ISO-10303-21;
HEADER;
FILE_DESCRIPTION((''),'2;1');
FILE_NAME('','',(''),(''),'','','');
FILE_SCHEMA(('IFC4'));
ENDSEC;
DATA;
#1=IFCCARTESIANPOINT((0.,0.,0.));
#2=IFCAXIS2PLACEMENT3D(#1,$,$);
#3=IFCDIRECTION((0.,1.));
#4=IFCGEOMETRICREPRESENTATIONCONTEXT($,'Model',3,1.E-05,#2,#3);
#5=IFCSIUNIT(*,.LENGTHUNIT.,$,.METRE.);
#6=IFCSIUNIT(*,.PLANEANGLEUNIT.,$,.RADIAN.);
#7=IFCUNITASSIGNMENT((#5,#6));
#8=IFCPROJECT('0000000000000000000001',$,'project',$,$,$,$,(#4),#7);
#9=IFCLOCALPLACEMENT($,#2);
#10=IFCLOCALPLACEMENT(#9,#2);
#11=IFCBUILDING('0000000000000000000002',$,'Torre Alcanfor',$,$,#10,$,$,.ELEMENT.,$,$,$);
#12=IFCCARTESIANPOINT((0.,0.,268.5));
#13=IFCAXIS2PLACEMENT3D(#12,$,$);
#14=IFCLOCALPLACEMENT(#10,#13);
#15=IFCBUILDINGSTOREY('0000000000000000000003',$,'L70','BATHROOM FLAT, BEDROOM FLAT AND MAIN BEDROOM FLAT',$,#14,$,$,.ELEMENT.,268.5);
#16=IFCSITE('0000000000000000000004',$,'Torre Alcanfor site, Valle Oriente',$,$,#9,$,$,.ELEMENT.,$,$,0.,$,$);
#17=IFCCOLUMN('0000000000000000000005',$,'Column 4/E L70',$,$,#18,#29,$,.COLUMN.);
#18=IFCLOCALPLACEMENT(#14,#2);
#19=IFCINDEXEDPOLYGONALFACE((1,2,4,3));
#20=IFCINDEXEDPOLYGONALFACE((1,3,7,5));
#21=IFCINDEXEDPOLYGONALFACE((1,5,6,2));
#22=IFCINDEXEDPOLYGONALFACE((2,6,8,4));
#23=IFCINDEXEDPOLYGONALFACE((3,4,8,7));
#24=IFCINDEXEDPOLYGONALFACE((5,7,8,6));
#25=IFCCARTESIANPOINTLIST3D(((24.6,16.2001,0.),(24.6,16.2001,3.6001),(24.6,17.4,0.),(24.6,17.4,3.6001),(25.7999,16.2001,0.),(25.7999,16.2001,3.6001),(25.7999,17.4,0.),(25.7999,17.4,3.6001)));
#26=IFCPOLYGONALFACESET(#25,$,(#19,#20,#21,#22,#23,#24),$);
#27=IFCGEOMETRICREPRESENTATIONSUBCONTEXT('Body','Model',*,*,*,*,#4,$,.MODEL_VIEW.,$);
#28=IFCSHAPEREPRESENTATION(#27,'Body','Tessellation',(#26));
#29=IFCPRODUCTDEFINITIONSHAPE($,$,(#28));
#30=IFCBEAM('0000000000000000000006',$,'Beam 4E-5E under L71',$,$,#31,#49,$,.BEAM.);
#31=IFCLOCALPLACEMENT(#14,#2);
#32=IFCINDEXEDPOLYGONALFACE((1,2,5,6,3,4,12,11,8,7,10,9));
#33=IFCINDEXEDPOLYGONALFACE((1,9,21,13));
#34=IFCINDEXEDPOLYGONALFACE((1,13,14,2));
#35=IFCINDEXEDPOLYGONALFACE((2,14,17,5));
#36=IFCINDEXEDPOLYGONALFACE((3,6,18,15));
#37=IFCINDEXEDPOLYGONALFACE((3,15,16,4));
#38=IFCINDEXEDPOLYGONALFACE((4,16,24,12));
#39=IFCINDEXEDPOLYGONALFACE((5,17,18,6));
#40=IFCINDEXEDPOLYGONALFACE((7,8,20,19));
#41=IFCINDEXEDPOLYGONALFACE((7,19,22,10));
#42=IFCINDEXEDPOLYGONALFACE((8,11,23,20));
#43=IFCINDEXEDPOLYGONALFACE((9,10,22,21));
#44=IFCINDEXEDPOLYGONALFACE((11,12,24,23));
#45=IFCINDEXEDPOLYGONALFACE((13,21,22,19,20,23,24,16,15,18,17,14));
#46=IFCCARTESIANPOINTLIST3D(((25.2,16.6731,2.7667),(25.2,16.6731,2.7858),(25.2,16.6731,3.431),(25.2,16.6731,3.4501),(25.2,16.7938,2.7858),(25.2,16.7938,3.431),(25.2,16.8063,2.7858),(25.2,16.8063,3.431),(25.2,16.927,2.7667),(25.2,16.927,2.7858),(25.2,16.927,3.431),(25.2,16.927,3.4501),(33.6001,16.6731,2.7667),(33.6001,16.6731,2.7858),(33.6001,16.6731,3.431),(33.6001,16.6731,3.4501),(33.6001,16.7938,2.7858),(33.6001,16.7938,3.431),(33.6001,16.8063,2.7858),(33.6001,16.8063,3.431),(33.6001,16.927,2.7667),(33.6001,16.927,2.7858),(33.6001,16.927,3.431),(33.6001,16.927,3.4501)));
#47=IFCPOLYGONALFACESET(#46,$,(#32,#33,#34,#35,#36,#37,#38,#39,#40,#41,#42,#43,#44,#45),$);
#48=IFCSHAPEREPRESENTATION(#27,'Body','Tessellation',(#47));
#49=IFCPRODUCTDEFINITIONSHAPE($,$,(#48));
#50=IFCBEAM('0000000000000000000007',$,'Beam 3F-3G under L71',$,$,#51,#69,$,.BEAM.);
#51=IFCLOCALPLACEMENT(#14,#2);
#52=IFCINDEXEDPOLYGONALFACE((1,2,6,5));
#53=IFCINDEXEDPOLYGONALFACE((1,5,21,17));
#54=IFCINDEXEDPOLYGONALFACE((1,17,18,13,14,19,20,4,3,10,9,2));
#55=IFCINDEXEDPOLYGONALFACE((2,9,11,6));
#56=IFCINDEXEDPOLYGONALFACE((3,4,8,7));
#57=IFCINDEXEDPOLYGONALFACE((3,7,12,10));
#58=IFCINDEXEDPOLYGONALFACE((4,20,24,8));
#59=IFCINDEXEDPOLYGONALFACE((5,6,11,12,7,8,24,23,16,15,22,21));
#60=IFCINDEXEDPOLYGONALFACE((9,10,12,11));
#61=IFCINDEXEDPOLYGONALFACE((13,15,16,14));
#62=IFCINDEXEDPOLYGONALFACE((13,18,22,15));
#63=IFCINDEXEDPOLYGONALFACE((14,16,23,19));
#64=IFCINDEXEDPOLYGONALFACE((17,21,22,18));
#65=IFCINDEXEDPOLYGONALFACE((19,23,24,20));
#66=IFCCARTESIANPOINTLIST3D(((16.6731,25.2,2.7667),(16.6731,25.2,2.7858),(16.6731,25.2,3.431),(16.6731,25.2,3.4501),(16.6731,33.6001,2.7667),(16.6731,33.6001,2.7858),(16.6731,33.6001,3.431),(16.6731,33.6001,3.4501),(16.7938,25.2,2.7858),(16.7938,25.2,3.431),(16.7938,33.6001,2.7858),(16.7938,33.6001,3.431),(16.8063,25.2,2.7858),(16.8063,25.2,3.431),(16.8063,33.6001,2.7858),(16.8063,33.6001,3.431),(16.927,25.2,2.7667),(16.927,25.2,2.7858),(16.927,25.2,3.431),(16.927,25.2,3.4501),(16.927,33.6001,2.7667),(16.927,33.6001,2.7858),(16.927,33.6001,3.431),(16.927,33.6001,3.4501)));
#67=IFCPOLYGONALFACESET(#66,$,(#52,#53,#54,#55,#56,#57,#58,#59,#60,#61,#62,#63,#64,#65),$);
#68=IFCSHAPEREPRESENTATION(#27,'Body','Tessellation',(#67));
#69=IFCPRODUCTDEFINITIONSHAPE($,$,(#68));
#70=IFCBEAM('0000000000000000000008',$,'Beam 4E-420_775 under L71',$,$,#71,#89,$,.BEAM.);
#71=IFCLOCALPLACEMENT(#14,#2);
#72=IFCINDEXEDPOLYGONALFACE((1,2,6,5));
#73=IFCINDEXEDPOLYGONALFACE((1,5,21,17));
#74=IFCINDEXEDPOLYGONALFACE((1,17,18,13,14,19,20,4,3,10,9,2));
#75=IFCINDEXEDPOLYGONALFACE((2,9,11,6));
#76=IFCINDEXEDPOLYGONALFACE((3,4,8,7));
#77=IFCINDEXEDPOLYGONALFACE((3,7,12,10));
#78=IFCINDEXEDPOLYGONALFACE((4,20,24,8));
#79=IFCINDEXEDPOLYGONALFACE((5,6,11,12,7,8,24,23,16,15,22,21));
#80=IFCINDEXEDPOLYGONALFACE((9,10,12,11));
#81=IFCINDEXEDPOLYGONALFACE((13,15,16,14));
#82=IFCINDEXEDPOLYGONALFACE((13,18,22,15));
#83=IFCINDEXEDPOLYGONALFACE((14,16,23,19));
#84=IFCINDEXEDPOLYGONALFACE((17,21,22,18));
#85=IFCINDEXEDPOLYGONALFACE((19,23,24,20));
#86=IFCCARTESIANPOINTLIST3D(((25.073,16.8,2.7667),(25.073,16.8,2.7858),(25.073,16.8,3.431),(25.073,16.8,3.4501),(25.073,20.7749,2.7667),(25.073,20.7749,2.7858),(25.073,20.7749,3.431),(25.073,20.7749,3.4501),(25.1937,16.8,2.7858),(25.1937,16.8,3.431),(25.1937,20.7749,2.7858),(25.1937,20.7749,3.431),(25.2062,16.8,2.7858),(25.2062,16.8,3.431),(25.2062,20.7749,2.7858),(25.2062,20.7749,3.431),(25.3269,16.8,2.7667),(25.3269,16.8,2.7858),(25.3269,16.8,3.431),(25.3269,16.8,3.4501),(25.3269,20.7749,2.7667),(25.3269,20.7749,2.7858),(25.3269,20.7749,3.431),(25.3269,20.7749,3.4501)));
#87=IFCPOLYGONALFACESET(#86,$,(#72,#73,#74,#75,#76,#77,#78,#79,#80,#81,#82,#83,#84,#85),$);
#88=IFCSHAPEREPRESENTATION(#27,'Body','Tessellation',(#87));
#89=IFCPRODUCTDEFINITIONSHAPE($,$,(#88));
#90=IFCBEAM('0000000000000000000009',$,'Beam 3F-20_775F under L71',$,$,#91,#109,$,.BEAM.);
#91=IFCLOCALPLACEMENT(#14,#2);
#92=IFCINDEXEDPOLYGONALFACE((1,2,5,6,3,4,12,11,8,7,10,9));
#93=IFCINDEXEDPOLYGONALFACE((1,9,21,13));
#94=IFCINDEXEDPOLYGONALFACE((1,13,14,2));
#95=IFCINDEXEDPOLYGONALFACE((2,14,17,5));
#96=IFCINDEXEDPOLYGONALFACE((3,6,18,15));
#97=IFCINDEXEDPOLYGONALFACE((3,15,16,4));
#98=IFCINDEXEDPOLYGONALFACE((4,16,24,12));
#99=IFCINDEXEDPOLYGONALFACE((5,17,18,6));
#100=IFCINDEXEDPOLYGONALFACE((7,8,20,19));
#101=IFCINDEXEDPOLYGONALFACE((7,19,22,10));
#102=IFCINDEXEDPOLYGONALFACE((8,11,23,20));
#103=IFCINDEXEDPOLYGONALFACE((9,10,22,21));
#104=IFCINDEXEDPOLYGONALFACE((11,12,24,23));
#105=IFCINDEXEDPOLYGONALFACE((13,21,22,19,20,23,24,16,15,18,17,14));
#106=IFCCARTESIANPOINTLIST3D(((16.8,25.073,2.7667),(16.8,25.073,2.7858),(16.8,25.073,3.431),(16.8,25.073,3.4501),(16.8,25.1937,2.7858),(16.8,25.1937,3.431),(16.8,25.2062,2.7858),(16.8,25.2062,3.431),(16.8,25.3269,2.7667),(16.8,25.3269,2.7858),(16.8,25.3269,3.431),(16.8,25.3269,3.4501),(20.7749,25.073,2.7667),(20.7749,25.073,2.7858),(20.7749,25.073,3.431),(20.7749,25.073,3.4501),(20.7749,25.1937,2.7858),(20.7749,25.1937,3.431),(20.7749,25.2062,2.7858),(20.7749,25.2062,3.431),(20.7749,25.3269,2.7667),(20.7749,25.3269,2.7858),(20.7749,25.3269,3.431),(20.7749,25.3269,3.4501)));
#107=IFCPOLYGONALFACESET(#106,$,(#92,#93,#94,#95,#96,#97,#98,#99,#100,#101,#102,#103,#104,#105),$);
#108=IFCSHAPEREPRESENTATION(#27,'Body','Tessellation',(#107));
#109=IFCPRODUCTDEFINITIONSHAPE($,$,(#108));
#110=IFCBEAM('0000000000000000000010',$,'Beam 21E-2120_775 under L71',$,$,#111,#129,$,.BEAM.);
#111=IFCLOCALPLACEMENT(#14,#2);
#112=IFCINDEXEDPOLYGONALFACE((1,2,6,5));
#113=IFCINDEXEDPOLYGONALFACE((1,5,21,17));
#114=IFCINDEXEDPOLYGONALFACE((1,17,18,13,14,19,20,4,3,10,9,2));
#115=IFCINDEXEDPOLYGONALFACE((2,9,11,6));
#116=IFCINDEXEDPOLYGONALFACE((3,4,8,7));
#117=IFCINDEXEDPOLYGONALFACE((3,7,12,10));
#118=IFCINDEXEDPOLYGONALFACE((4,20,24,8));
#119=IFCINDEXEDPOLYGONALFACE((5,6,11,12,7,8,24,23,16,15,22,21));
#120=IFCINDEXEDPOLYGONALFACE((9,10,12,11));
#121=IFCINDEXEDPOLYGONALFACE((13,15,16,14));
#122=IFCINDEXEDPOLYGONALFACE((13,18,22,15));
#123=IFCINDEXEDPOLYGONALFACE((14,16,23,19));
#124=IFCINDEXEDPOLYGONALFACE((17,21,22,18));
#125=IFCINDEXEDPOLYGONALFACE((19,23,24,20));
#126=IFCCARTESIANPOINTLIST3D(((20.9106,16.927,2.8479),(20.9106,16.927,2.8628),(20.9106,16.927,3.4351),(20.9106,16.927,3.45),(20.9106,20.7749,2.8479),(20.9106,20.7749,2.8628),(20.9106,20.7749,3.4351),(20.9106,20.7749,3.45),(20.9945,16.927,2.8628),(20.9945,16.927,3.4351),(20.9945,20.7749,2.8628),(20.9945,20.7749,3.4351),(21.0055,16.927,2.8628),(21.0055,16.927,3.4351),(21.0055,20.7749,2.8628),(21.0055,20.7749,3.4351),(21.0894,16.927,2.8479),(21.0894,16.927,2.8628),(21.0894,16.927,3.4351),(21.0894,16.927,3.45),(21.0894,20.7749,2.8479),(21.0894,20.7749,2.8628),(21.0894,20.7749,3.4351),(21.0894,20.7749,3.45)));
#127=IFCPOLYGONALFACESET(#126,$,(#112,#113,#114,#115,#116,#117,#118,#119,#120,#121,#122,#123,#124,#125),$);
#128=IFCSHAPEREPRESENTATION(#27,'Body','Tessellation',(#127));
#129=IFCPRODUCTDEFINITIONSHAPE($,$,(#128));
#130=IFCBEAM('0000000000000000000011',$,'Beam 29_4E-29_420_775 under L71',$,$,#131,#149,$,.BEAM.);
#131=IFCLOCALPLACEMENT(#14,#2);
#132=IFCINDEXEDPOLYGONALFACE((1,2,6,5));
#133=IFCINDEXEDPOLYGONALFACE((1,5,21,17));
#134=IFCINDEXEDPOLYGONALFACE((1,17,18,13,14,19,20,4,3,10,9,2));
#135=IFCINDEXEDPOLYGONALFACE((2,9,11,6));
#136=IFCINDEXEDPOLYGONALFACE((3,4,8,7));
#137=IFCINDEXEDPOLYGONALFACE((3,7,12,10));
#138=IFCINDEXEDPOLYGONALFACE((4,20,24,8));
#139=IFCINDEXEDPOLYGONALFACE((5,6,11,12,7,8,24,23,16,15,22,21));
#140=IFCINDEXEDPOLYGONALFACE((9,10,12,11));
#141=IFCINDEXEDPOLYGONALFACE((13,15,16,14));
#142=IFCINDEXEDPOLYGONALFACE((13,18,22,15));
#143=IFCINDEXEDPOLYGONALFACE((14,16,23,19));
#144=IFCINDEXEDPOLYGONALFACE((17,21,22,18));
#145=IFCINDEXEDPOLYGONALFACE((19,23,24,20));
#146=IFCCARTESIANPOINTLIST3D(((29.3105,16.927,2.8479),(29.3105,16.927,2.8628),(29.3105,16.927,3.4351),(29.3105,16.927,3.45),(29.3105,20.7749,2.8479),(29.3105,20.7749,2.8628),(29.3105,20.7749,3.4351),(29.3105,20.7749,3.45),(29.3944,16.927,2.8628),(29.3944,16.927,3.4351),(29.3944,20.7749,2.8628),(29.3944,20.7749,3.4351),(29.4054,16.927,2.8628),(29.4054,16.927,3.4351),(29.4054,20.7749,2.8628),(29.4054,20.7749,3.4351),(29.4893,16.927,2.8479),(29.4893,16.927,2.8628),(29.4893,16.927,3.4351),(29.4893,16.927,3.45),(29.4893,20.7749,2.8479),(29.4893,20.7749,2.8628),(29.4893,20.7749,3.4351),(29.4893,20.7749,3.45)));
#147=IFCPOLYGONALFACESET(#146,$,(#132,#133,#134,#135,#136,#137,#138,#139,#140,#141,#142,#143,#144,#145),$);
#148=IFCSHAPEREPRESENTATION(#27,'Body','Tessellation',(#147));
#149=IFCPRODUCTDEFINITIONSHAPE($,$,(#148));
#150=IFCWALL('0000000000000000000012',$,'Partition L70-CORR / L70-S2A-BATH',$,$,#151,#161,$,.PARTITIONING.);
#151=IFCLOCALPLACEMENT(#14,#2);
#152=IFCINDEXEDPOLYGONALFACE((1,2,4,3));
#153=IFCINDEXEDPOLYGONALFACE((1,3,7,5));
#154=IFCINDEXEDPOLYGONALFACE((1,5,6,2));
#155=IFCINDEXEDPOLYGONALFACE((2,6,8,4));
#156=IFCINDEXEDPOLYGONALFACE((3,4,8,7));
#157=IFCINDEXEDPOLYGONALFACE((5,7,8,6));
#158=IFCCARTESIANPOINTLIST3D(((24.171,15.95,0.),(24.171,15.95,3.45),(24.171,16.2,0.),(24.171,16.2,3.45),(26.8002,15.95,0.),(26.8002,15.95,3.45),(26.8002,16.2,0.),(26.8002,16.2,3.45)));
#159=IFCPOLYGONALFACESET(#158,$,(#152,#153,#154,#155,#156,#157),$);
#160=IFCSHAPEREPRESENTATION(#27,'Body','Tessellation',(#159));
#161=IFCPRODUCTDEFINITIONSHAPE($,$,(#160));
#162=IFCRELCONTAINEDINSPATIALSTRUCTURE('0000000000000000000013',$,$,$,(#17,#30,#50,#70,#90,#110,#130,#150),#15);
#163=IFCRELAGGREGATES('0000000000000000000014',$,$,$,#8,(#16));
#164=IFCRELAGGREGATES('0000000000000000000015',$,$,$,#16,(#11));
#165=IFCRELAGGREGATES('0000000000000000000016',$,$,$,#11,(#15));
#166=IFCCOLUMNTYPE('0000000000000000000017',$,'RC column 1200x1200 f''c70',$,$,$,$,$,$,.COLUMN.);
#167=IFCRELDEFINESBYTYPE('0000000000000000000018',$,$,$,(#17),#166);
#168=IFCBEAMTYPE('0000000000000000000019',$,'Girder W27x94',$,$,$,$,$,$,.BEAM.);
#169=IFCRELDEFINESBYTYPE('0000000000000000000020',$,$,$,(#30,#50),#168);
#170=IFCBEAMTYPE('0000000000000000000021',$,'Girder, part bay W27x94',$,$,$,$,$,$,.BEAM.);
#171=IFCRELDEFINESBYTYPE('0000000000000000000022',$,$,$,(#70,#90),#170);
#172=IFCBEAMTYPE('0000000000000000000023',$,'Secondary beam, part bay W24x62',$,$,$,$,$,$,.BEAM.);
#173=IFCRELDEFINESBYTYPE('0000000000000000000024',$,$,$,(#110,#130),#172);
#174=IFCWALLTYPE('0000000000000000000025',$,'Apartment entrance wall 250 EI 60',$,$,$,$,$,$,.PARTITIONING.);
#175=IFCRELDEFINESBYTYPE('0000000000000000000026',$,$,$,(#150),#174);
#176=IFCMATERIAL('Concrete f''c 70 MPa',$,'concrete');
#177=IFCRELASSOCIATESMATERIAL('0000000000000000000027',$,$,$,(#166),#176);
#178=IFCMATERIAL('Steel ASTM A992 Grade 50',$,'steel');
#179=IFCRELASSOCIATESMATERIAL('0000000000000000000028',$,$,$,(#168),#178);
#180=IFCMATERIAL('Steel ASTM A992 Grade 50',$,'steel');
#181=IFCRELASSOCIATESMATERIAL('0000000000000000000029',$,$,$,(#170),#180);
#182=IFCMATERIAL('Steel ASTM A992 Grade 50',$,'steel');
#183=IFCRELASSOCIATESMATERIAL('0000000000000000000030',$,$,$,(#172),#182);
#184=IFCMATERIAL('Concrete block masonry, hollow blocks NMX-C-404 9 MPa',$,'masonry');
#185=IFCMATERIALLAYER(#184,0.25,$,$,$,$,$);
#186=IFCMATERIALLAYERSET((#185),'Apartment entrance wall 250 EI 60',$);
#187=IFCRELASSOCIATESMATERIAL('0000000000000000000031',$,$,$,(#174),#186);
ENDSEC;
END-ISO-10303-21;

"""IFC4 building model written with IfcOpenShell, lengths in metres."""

from ifc_helpers import new_model, si_unit, direction, frame, frame_2d, origin, origin_2d, place, context, subcontext, project, spatial, rectangle, i_section, extrude, material, layer, layer_set, material_profile, profile_set, type_object, element, save


model = new_model("IFC4")

# Units and contexts
model_context = context("Model", 3, precision=1e-05, world=origin(), true_north=direction((0.0, 1.0)))
body_context = subcontext(model_context, "Body", "Model", "MODEL_VIEW")
ifc_project = project(units=[si_unit("LENGTHUNIT", "METRE"), si_unit("PLANEANGLEUNIT", "RADIAN")], contexts=[model_context])

# Site, building, storey
site_placement = place(None, origin())
site = spatial("IfcSite", under=ifc_project, at=site_placement, Name="Torre Alcanfor site, Valle Oriente", CompositionType="ELEMENT", RefElevation=0.0)
building_placement = place(site_placement, origin())
building = spatial("IfcBuilding", under=site, at=building_placement, Name="Torre Alcanfor", CompositionType="ELEMENT")
storey_placement = place(building_placement, frame((0.0, 0.0, 268.5)))
storey = spatial("IfcBuildingStorey", under=building, at=storey_placement, Name="L70", Description="BATHROOM FLAT, BEDROOM FLAT AND MAIN BEDROOM FLAT", CompositionType="ELEMENT", Elevation=268.5)

# Column
ifc_material_1 = material(Name="Concrete f'c 70 MPa", Category="concrete")
ifc_material_profile_1 = material_profile(ifc_material_1, rectangle(XDim=1.2, YDim=1.2, at=origin_2d()), Name="1200x1200")
ifc_profile_set_1 = profile_set([ifc_material_profile_1], Name="Concrete f'c 70 MPa")
column_type = type_object("IfcColumnType", Name="RC column 1200x1200 f'c70", PredefinedType="COLUMN", material=ifc_profile_set_1)
column_placement = place(storey_placement, frame((25.2, 16.8, 0.0), z_axis=(0.0, 0.0, 1.0), x_axis=(1.0, 0.0, 0.0)))
element("IfcColumn", 1, at=column_placement, inside=storey, type_object=column_type, Name="Column 4/E L70", PredefinedType="COLUMN", context=body_context, shape_type="SweptSolid", body=[
    extrude(rectangle(XDim=1.2, YDim=1.2, at=origin_2d()), origin(), (0.0, 0.0, 1.0), 3.6001),
])

# Beams
ifc_material_2 = material(Name="Steel ASTM A992 Grade 50", Category="steel")
ifc_material_profile_2 = material_profile(ifc_material_2, i_section(OverallWidth=0.2539, OverallDepth=0.6833, WebThickness=0.0125, FlangeThickness=0.019, at=origin_2d()), Name="W27x94")
ifc_profile_set_2 = profile_set([ifc_material_profile_2], Name="Steel ASTM A992 Grade 50")
beam_type_1 = type_object("IfcBeamType", Name="Girder W27x94", PredefinedType="BEAM", material=ifc_profile_set_2)
for number, where, z_axis, x_axis, name in (
    (2, (25.2, 16.8, 3.1084), (1.0, 0.0, 0.0), (0.0, 1.0, 0.0), "Beam 4E-5E under L71"),
    (3, (16.8, 25.2, 3.1084), (0.0, 1.0, 0.0), (-1.0, 0.0, 0.0), "Beam 3F-3G under L71"),
):
    element("IfcBeam", number, at=place(storey_placement, frame(where, z_axis=z_axis, x_axis=x_axis)), inside=storey, type_object=beam_type_1, Name=name, PredefinedType="BEAM", context=body_context, shape_type="SweptSolid", body=[
        extrude(i_section(OverallWidth=0.2539, OverallDepth=0.6833, WebThickness=0.0125, FlangeThickness=0.019, at=origin_2d()), origin(), (0.0, 0.0, 1.0), 8.4001),
    ])
ifc_material_3 = material(Name="Steel ASTM A992 Grade 50", Category="steel")
ifc_material_profile_3 = material_profile(ifc_material_3, i_section(OverallWidth=0.2539, OverallDepth=0.6833, WebThickness=0.0125, FlangeThickness=0.019, at=origin_2d()), Name="W27x94")
ifc_profile_set_3 = profile_set([ifc_material_profile_3], Name="Steel ASTM A992 Grade 50")
beam_type_2 = type_object("IfcBeamType", Name="Girder, part bay W27x94", PredefinedType="BEAM", material=ifc_profile_set_3)
for number, where, z_axis, x_axis, name in (
    (4, (25.2, 16.8, 3.1084), (0.0, 1.0, 0.0), (-1.0, 0.0, 0.0), "Beam 4E-420_775 under L71"),
    (5, (16.8, 25.2, 3.1084), (1.0, 0.0, 0.0), (0.0, 1.0, 0.0), "Beam 3F-20_775F under L71"),
):
    element("IfcBeam", number, at=place(storey_placement, frame(where, z_axis=z_axis, x_axis=x_axis)), inside=storey, type_object=beam_type_2, Name=name, PredefinedType="BEAM", context=body_context, shape_type="SweptSolid", body=[
        extrude(i_section(OverallWidth=0.2539, OverallDepth=0.6833, WebThickness=0.0125, FlangeThickness=0.019, at=origin_2d()), origin(), (0.0, 0.0, 1.0), 3.9749),
    ])
ifc_material_4 = material(Name="Steel ASTM A992 Grade 50", Category="steel")
ifc_material_profile_4 = material_profile(ifc_material_4, i_section(OverallWidth=0.1787, OverallDepth=0.6021, WebThickness=0.011, FlangeThickness=0.0149, at=origin_2d()), Name="W24x62")
ifc_profile_set_4 = profile_set([ifc_material_profile_4], Name="Steel ASTM A992 Grade 50")
beam_type_3 = type_object("IfcBeamType", Name="Secondary beam, part bay W24x62", PredefinedType="BEAM", material=ifc_profile_set_4)
for number, where, z_axis, x_axis, name in (
    (6, (21.0, 16.927, 3.1489), (0.0, 1.0, 0.0), (-1.0, 0.0, 0.0), "Beam 21E-2120_775 under L71"),
    (7, (29.3999, 16.927, 3.1489), (0.0, 1.0, 0.0), (-1.0, 0.0, 0.0), "Beam 29_4E-29_420_775 under L71"),
):
    element("IfcBeam", number, at=place(storey_placement, frame(where, z_axis=z_axis, x_axis=x_axis)), inside=storey, type_object=beam_type_3, Name=name, PredefinedType="BEAM", context=body_context, shape_type="SweptSolid", body=[
        extrude(i_section(OverallWidth=0.1787, OverallDepth=0.6021, WebThickness=0.011, FlangeThickness=0.0149, at=origin_2d()), origin(), (0.0, 0.0, 1.0), 3.8479),
    ])

# Wall
ifc_material_5 = material(Name="Concrete block masonry, hollow blocks NMX-C-404 9 MPa", Category="masonry")
ifc_layer_1 = layer(ifc_material_5, 0.25)
ifc_layer_set_1 = layer_set([ifc_layer_1], Name="Apartment entrance wall 250 EI 60")
wall_type_1 = type_object("IfcWallType", Name="Apartment entrance wall 250 EI 60", PredefinedType="PARTITIONING", material=ifc_layer_set_1)
wall_1_placement = place(storey_placement, frame((26.8, 16.075, 0.0), z_axis=(0.0, 0.0, 1.0), x_axis=(-1.0, 0.0, 0.0)))
element("IfcWall", 8, at=wall_1_placement, inside=storey, type_object=wall_type_1, Name="Partition L70-CORR / L70-S2A-BATH", PredefinedType="PARTITIONING", context=body_context, shape_type="SweptSolid", body=[
    extrude(rectangle(XDim=2.6292, YDim=0.25, at=frame_2d((1.3145, 0.0))), origin(), (0.0, 0.0, 1.0), 3.45),
])

save(model, "model.ifc")
